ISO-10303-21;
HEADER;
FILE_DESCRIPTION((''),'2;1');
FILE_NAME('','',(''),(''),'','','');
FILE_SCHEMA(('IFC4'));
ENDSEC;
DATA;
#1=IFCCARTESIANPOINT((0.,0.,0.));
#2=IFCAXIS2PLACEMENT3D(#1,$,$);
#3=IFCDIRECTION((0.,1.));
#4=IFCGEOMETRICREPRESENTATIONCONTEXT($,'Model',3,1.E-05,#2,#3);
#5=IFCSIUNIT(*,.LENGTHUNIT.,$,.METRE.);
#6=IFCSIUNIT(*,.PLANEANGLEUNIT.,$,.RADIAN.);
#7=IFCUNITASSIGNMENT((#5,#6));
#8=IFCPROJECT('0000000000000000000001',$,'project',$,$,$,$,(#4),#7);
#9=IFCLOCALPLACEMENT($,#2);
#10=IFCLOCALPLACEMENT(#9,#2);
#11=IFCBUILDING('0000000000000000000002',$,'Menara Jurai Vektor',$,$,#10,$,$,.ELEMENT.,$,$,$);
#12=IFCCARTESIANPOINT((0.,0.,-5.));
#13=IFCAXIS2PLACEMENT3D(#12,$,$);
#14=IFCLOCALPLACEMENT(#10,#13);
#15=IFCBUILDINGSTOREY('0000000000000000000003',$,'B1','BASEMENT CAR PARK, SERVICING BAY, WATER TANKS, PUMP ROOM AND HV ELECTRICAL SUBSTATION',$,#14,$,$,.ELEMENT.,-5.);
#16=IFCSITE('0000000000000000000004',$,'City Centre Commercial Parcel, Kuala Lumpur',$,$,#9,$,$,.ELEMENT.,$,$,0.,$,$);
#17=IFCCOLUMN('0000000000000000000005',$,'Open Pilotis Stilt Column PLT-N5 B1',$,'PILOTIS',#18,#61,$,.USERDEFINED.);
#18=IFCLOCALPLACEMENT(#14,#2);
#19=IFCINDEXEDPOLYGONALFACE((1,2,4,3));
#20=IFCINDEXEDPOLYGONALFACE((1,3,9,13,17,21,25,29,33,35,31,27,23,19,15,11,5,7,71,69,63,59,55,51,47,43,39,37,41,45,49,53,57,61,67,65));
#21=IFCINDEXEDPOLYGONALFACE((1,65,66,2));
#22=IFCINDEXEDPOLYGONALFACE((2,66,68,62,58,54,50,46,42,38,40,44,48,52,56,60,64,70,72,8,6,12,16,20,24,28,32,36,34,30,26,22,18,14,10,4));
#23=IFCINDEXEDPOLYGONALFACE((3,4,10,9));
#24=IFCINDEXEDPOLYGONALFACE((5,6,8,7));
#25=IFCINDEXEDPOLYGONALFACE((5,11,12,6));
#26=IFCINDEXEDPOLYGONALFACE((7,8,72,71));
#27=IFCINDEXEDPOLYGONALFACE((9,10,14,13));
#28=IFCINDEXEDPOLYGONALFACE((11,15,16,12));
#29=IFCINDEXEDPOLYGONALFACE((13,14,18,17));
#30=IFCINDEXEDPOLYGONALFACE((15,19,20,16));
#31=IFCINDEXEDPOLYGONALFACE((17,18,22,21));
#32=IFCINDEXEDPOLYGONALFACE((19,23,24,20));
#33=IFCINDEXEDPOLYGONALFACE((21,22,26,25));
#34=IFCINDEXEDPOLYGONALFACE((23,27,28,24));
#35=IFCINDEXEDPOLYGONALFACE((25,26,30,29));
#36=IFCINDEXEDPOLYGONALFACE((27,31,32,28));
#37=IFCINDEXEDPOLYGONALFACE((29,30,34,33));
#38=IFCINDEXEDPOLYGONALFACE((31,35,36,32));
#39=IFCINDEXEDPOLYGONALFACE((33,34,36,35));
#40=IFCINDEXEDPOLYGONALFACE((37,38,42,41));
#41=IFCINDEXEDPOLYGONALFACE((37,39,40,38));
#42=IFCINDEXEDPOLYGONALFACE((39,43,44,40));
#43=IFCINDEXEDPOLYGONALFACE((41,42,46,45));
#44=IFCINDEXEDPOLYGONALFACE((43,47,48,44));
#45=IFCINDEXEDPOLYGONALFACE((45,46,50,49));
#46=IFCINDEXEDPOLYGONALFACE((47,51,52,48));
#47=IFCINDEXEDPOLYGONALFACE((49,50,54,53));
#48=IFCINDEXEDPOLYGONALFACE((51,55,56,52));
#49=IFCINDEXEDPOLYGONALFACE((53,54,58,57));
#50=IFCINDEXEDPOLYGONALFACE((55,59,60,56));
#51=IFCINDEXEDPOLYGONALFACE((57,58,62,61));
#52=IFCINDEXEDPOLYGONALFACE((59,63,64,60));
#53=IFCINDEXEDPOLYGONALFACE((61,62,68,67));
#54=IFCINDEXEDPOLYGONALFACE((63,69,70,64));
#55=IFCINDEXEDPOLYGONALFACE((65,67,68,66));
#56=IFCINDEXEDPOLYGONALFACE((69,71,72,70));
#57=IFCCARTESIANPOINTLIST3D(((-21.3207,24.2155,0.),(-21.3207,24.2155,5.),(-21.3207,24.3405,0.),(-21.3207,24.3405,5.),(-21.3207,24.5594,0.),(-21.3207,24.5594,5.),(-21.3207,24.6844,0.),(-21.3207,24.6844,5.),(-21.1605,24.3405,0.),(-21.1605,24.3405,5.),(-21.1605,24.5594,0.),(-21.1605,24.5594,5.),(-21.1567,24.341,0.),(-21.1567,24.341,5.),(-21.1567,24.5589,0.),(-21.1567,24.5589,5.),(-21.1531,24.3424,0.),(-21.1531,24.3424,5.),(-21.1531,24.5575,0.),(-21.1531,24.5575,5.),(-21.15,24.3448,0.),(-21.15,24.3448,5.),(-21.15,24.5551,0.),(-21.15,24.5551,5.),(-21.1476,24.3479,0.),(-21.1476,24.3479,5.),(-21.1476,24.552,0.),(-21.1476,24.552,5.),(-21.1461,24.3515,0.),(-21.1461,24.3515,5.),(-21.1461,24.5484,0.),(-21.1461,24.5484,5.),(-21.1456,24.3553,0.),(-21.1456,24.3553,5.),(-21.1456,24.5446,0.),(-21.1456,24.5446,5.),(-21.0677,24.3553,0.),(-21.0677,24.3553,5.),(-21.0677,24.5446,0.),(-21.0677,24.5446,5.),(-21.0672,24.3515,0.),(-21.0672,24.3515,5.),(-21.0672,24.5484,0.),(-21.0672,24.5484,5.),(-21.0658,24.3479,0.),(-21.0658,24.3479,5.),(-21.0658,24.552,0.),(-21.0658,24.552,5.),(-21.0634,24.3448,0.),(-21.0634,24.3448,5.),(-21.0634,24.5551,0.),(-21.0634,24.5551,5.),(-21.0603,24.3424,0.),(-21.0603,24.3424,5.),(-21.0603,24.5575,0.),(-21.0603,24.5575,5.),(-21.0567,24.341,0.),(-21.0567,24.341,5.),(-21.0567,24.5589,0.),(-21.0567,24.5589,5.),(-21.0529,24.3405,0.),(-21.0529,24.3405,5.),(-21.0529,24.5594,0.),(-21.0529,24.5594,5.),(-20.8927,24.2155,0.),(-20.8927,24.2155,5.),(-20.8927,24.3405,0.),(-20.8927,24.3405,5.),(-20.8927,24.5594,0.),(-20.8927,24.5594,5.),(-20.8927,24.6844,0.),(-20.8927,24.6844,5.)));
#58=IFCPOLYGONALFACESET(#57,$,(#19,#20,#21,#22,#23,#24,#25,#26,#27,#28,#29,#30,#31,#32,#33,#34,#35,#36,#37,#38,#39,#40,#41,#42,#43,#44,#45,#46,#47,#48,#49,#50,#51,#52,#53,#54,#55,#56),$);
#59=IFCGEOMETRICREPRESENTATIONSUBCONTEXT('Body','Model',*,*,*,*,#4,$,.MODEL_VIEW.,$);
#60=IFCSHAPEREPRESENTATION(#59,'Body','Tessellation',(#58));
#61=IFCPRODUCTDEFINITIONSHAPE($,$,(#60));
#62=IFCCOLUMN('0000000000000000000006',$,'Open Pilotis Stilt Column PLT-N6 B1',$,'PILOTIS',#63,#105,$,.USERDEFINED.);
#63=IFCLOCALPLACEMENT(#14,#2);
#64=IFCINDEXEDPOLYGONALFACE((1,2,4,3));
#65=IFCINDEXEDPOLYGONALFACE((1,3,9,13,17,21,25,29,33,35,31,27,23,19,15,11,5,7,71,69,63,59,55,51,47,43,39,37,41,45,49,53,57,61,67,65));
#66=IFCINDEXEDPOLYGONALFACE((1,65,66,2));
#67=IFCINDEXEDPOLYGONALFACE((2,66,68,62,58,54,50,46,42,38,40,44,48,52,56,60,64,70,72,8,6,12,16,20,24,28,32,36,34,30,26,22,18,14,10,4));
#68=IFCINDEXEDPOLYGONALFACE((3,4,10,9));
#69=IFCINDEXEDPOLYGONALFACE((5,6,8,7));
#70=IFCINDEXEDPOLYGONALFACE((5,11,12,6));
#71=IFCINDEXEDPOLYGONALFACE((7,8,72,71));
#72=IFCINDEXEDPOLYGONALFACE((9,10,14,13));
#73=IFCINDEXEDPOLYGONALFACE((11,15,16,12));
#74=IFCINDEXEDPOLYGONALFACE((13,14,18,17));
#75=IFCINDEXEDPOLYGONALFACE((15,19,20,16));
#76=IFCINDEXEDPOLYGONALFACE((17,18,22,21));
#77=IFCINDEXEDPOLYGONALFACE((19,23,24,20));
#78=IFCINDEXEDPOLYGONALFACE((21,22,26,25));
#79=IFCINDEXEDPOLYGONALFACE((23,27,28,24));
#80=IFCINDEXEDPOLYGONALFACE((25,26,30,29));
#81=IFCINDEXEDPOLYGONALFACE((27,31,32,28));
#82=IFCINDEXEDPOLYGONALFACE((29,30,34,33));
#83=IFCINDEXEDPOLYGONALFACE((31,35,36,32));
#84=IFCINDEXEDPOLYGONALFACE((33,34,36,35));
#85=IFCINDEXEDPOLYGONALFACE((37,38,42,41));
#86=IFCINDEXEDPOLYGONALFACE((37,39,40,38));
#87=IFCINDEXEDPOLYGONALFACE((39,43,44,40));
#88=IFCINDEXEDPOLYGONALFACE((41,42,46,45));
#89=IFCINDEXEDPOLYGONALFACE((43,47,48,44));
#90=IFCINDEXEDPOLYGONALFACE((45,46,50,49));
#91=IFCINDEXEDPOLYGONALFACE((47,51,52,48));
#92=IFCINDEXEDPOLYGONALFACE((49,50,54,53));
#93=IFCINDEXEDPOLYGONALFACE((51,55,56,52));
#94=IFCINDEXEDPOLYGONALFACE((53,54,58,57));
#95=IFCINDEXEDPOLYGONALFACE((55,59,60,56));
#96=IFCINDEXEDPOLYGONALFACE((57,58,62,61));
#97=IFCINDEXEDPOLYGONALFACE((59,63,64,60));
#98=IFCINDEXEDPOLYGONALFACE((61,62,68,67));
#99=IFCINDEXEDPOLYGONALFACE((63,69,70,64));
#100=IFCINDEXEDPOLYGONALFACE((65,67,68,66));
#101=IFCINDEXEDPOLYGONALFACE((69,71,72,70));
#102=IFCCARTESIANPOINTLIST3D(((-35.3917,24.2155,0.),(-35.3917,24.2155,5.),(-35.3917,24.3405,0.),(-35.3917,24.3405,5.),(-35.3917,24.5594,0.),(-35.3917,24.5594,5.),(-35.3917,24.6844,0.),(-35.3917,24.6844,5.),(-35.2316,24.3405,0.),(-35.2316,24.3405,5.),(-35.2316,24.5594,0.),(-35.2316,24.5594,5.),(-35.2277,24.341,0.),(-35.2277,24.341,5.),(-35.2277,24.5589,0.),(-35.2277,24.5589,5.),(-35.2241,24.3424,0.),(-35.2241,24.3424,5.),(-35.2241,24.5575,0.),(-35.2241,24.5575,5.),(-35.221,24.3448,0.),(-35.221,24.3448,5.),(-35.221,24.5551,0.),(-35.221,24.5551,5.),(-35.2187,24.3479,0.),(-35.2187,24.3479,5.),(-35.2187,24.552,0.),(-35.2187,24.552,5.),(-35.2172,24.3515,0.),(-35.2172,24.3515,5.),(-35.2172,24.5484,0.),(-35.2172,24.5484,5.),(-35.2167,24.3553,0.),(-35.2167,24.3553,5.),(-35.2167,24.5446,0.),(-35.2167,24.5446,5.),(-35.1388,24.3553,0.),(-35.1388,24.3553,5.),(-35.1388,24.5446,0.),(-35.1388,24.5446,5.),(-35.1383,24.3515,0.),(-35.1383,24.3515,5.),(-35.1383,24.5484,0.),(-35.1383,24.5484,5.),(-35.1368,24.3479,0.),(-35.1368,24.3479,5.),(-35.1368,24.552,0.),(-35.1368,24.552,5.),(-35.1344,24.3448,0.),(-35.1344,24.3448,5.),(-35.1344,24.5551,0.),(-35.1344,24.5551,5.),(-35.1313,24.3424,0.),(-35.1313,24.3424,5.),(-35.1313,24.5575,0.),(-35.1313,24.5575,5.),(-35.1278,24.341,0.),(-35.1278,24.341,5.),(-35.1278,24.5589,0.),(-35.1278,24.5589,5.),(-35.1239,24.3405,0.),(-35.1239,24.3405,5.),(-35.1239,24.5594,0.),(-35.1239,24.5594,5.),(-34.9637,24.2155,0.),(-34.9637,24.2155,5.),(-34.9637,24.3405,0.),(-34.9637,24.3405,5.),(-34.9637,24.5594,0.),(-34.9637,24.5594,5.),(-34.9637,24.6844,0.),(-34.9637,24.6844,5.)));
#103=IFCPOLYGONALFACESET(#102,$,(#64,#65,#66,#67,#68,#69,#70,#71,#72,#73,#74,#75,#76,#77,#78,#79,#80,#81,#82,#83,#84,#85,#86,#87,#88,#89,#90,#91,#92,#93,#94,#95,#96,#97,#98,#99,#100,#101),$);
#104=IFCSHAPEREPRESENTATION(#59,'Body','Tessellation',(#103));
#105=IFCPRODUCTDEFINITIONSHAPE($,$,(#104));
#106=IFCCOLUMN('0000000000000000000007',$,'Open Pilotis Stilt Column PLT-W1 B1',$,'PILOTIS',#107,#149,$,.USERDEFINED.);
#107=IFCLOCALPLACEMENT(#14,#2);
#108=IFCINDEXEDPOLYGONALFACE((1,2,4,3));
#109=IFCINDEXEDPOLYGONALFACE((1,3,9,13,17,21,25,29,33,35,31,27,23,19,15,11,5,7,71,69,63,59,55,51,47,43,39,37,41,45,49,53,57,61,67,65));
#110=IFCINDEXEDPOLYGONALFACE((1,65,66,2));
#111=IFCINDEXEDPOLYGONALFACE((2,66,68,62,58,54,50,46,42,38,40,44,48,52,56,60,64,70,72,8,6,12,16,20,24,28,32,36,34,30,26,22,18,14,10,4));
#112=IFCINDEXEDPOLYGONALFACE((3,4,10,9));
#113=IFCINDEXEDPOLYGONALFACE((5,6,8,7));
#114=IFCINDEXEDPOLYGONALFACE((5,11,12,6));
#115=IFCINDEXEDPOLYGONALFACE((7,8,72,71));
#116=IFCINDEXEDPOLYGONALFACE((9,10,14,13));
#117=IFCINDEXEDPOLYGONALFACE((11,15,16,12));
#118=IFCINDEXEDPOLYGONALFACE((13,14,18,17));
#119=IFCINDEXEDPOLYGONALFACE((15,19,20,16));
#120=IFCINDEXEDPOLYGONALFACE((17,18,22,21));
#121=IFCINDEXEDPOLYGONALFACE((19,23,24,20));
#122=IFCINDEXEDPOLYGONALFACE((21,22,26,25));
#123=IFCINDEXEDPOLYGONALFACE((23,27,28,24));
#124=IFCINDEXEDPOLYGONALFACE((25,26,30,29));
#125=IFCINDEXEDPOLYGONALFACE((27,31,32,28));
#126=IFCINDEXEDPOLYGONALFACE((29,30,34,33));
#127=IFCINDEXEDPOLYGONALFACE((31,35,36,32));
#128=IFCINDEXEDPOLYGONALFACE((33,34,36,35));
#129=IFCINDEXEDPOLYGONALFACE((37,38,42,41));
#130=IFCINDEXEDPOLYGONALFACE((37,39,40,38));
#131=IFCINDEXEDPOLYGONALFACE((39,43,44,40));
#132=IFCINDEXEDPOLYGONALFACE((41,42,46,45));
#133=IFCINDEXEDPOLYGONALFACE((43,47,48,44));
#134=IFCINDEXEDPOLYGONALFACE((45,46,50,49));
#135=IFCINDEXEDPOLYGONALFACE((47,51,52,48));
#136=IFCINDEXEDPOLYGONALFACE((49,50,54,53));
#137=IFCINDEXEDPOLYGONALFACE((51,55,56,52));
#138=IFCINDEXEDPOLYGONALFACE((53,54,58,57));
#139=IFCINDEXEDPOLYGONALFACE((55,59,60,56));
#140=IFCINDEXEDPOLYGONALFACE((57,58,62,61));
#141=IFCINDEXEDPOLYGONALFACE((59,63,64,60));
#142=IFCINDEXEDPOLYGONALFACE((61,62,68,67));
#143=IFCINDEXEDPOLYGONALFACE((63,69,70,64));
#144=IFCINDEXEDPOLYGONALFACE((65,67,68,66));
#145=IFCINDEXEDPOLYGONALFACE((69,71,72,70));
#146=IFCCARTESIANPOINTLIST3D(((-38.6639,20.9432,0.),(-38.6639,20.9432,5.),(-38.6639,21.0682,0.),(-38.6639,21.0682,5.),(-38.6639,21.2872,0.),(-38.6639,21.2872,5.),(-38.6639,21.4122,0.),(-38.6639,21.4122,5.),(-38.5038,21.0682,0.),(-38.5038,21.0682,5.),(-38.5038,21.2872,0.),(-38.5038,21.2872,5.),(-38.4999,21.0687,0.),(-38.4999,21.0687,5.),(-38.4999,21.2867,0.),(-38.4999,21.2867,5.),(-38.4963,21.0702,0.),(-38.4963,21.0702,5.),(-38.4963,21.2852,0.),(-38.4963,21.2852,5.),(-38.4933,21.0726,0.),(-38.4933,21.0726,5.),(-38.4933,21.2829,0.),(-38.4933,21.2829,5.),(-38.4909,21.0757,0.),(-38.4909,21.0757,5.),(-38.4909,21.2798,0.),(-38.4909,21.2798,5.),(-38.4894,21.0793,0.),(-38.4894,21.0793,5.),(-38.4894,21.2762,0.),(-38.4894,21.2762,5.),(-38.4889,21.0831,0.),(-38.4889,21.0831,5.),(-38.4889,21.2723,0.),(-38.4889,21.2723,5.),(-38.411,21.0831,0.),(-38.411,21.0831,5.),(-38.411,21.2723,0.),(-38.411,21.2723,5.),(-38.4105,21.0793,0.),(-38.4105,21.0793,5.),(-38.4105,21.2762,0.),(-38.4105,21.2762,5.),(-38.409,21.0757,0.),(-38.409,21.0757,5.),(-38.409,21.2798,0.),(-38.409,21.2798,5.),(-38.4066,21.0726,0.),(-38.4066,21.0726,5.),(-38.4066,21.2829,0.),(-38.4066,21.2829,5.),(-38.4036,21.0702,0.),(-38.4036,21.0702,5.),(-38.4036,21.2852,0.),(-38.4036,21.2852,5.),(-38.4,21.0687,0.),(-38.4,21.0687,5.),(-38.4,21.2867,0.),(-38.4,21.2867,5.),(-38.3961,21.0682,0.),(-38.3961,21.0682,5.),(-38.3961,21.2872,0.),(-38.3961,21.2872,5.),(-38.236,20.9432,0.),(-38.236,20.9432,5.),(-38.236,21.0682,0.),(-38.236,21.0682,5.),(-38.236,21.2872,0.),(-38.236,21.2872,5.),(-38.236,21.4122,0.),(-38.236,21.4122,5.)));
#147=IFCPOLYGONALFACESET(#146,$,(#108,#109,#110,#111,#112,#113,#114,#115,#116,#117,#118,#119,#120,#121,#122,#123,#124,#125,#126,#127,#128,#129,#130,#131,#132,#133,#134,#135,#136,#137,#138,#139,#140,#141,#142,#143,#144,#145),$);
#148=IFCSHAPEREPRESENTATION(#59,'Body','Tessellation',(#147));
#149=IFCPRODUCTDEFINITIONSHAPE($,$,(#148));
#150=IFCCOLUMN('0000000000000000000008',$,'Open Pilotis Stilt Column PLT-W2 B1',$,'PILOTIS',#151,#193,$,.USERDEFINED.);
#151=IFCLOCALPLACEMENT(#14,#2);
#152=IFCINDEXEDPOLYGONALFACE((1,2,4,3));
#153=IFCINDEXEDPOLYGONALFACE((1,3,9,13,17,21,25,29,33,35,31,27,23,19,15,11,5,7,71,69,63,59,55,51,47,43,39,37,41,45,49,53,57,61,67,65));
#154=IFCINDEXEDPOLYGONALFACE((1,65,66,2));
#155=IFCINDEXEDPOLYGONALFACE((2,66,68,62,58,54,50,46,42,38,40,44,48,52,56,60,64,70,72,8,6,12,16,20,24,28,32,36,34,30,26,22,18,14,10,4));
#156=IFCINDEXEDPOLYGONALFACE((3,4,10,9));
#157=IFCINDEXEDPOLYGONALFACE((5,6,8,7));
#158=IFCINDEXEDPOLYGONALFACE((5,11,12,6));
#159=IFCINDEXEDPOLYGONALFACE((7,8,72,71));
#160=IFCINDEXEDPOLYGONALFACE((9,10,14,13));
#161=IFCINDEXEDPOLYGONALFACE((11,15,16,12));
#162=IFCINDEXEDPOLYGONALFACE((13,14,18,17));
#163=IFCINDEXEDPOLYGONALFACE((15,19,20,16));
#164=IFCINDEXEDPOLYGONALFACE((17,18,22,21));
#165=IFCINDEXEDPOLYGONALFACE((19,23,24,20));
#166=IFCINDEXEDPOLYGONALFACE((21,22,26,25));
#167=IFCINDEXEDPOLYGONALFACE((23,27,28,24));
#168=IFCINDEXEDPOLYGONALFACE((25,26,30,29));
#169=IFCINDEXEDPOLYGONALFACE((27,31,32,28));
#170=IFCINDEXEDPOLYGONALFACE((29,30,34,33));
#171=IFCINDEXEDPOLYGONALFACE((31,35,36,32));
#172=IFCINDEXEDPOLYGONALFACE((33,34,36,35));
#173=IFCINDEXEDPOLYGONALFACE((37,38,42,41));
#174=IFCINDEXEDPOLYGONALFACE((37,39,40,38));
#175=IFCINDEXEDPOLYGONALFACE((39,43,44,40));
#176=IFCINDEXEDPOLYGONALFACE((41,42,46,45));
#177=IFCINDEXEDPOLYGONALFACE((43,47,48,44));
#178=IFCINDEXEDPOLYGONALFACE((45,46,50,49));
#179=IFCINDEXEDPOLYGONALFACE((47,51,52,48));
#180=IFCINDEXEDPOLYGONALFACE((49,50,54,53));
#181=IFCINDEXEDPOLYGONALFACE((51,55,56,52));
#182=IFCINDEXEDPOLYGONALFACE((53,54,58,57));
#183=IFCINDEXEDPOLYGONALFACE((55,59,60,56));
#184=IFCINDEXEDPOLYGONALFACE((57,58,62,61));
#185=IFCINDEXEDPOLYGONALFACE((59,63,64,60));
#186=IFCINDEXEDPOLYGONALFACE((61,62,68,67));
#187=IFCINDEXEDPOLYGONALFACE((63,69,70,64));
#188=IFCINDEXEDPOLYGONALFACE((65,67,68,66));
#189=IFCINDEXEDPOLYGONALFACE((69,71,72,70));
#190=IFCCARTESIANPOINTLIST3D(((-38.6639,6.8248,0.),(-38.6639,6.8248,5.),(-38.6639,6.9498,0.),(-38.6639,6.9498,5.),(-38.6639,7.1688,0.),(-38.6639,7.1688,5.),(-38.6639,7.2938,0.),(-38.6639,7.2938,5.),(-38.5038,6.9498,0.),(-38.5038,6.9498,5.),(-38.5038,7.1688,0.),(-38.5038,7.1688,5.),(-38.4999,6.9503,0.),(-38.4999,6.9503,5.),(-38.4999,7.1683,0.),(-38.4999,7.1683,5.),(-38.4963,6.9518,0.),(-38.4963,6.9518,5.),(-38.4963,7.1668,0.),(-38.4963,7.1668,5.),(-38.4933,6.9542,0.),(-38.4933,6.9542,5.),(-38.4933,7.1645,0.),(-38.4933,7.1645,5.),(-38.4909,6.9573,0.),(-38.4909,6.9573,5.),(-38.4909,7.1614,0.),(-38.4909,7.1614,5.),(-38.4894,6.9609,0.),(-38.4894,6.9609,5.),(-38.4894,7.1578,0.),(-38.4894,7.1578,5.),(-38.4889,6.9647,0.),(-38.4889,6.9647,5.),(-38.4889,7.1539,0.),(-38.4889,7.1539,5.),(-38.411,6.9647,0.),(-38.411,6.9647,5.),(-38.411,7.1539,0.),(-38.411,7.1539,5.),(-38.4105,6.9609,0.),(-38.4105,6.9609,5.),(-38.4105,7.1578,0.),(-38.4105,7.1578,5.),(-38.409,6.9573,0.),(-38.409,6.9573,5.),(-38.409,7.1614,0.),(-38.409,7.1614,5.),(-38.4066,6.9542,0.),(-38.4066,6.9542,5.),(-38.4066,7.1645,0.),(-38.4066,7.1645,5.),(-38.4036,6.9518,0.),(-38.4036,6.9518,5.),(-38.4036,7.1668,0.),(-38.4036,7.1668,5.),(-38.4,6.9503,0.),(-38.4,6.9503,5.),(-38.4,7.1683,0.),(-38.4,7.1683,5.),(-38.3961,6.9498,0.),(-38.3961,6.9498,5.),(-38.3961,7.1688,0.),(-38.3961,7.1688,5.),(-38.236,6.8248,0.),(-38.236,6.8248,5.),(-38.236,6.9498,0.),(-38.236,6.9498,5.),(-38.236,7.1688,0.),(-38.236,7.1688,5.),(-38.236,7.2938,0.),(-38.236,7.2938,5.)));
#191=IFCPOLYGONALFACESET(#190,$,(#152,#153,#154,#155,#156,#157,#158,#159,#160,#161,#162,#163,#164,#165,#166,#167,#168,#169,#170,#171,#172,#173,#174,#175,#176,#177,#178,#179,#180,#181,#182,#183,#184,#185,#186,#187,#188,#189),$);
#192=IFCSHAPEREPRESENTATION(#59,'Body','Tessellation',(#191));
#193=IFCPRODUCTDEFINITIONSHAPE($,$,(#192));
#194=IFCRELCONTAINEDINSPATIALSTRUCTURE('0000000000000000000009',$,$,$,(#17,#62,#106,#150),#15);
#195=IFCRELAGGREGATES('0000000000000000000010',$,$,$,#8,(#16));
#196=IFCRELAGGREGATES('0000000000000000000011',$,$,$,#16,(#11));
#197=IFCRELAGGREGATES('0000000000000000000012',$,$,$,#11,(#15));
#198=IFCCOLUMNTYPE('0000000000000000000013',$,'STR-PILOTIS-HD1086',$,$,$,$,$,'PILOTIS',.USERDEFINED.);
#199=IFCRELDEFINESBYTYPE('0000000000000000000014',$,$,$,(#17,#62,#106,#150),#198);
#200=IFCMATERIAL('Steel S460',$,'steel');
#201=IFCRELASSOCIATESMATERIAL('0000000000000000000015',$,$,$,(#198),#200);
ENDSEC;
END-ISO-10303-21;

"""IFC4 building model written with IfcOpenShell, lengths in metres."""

from ifc_helpers import new_model, si_unit, direction, frame, origin, origin_2d, place, context, subcontext, project, spatial, i_section, extrude, material, material_profile, profile_set, type_object, element, save


model = new_model("IFC4")

# Units and contexts
model_context = context("Model", 3, precision=1e-05, world=origin(), true_north=direction((0.0, 1.0)))
body_context = subcontext(model_context, "Body", "Model", "MODEL_VIEW")
ifc_project = project(units=[si_unit("LENGTHUNIT", "METRE"), si_unit("PLANEANGLEUNIT", "RADIAN")], contexts=[model_context])

# Site, building, storey
site_placement = place(None, origin())
site = spatial("IfcSite", under=ifc_project, at=site_placement, Name="City Centre Commercial Parcel, Kuala Lumpur", CompositionType="ELEMENT", RefElevation=0.0)
building_placement = place(site_placement, origin())
building = spatial("IfcBuilding", under=site, at=building_placement, Name="Menara Jurai Vektor", CompositionType="ELEMENT")
storey_placement = place(building_placement, frame((0.0, 0.0, -5.0)))
storey = spatial("IfcBuildingStorey", under=building, at=storey_placement, Name="B1", Description="BASEMENT CAR PARK, SERVICING BAY, WATER TANKS, PUMP ROOM AND HV ELECTRICAL SUBSTATION", CompositionType="ELEMENT", Elevation=-5.0)

# Columns
ifc_material_1 = material(Name="Steel S460", Category="steel")
ifc_material_profile_1 = material_profile(ifc_material_1, i_section(OverallWidth=0.428, OverallDepth=0.469, WebThickness=0.0779, FlangeThickness=0.125, FilletRadius=0.0149, at=origin_2d()), Name="HD 400x1086")
ifc_profile_set_1 = profile_set([ifc_material_profile_1], Name="Steel S460")
column_type_1 = type_object("IfcColumnType", Name="STR-PILOTIS-HD1086", ElementType="PILOTIS", PredefinedType="USERDEFINED", material=ifc_profile_set_1)
for number, where, z_axis, x_axis, name in (
    (1, (-21.1067, 24.45, 0.0), (0.0, 0.0, 1.0), (1.0, 0.0, 0.0), "Open Pilotis Stilt Column PLT-N5 B1"),
    (2, (-35.1777, 24.45, 0.0), (0.0, 0.0, 1.0), (1.0, 0.0, 0.0), "Open Pilotis Stilt Column PLT-N6 B1"),
    (3, (-38.45, 21.1777, 0.0), (0.0, 0.0, 1.0), (1.0, 0.0, 0.0), "Open Pilotis Stilt Column PLT-W1 B1"),
    (4, (-38.45, 7.0593, 0.0), (0.0, 0.0, 1.0), (1.0, 0.0, 0.0), "Open Pilotis Stilt Column PLT-W2 B1"),
):
    element("IfcColumn", number, at=place(storey_placement, frame(where, z_axis=z_axis, x_axis=x_axis)), inside=storey, type_object=column_type_1, Name=name, ObjectType="PILOTIS", PredefinedType="USERDEFINED", context=body_context, shape_type="SweptSolid", body=[
        extrude(i_section(OverallWidth=0.428, OverallDepth=0.469, WebThickness=0.0779, FlangeThickness=0.125, FilletRadius=0.0149, at=origin_2d()), origin(), (0.0, 0.0, 1.0), 5.0),
    ])

save(model, "model.ifc")
